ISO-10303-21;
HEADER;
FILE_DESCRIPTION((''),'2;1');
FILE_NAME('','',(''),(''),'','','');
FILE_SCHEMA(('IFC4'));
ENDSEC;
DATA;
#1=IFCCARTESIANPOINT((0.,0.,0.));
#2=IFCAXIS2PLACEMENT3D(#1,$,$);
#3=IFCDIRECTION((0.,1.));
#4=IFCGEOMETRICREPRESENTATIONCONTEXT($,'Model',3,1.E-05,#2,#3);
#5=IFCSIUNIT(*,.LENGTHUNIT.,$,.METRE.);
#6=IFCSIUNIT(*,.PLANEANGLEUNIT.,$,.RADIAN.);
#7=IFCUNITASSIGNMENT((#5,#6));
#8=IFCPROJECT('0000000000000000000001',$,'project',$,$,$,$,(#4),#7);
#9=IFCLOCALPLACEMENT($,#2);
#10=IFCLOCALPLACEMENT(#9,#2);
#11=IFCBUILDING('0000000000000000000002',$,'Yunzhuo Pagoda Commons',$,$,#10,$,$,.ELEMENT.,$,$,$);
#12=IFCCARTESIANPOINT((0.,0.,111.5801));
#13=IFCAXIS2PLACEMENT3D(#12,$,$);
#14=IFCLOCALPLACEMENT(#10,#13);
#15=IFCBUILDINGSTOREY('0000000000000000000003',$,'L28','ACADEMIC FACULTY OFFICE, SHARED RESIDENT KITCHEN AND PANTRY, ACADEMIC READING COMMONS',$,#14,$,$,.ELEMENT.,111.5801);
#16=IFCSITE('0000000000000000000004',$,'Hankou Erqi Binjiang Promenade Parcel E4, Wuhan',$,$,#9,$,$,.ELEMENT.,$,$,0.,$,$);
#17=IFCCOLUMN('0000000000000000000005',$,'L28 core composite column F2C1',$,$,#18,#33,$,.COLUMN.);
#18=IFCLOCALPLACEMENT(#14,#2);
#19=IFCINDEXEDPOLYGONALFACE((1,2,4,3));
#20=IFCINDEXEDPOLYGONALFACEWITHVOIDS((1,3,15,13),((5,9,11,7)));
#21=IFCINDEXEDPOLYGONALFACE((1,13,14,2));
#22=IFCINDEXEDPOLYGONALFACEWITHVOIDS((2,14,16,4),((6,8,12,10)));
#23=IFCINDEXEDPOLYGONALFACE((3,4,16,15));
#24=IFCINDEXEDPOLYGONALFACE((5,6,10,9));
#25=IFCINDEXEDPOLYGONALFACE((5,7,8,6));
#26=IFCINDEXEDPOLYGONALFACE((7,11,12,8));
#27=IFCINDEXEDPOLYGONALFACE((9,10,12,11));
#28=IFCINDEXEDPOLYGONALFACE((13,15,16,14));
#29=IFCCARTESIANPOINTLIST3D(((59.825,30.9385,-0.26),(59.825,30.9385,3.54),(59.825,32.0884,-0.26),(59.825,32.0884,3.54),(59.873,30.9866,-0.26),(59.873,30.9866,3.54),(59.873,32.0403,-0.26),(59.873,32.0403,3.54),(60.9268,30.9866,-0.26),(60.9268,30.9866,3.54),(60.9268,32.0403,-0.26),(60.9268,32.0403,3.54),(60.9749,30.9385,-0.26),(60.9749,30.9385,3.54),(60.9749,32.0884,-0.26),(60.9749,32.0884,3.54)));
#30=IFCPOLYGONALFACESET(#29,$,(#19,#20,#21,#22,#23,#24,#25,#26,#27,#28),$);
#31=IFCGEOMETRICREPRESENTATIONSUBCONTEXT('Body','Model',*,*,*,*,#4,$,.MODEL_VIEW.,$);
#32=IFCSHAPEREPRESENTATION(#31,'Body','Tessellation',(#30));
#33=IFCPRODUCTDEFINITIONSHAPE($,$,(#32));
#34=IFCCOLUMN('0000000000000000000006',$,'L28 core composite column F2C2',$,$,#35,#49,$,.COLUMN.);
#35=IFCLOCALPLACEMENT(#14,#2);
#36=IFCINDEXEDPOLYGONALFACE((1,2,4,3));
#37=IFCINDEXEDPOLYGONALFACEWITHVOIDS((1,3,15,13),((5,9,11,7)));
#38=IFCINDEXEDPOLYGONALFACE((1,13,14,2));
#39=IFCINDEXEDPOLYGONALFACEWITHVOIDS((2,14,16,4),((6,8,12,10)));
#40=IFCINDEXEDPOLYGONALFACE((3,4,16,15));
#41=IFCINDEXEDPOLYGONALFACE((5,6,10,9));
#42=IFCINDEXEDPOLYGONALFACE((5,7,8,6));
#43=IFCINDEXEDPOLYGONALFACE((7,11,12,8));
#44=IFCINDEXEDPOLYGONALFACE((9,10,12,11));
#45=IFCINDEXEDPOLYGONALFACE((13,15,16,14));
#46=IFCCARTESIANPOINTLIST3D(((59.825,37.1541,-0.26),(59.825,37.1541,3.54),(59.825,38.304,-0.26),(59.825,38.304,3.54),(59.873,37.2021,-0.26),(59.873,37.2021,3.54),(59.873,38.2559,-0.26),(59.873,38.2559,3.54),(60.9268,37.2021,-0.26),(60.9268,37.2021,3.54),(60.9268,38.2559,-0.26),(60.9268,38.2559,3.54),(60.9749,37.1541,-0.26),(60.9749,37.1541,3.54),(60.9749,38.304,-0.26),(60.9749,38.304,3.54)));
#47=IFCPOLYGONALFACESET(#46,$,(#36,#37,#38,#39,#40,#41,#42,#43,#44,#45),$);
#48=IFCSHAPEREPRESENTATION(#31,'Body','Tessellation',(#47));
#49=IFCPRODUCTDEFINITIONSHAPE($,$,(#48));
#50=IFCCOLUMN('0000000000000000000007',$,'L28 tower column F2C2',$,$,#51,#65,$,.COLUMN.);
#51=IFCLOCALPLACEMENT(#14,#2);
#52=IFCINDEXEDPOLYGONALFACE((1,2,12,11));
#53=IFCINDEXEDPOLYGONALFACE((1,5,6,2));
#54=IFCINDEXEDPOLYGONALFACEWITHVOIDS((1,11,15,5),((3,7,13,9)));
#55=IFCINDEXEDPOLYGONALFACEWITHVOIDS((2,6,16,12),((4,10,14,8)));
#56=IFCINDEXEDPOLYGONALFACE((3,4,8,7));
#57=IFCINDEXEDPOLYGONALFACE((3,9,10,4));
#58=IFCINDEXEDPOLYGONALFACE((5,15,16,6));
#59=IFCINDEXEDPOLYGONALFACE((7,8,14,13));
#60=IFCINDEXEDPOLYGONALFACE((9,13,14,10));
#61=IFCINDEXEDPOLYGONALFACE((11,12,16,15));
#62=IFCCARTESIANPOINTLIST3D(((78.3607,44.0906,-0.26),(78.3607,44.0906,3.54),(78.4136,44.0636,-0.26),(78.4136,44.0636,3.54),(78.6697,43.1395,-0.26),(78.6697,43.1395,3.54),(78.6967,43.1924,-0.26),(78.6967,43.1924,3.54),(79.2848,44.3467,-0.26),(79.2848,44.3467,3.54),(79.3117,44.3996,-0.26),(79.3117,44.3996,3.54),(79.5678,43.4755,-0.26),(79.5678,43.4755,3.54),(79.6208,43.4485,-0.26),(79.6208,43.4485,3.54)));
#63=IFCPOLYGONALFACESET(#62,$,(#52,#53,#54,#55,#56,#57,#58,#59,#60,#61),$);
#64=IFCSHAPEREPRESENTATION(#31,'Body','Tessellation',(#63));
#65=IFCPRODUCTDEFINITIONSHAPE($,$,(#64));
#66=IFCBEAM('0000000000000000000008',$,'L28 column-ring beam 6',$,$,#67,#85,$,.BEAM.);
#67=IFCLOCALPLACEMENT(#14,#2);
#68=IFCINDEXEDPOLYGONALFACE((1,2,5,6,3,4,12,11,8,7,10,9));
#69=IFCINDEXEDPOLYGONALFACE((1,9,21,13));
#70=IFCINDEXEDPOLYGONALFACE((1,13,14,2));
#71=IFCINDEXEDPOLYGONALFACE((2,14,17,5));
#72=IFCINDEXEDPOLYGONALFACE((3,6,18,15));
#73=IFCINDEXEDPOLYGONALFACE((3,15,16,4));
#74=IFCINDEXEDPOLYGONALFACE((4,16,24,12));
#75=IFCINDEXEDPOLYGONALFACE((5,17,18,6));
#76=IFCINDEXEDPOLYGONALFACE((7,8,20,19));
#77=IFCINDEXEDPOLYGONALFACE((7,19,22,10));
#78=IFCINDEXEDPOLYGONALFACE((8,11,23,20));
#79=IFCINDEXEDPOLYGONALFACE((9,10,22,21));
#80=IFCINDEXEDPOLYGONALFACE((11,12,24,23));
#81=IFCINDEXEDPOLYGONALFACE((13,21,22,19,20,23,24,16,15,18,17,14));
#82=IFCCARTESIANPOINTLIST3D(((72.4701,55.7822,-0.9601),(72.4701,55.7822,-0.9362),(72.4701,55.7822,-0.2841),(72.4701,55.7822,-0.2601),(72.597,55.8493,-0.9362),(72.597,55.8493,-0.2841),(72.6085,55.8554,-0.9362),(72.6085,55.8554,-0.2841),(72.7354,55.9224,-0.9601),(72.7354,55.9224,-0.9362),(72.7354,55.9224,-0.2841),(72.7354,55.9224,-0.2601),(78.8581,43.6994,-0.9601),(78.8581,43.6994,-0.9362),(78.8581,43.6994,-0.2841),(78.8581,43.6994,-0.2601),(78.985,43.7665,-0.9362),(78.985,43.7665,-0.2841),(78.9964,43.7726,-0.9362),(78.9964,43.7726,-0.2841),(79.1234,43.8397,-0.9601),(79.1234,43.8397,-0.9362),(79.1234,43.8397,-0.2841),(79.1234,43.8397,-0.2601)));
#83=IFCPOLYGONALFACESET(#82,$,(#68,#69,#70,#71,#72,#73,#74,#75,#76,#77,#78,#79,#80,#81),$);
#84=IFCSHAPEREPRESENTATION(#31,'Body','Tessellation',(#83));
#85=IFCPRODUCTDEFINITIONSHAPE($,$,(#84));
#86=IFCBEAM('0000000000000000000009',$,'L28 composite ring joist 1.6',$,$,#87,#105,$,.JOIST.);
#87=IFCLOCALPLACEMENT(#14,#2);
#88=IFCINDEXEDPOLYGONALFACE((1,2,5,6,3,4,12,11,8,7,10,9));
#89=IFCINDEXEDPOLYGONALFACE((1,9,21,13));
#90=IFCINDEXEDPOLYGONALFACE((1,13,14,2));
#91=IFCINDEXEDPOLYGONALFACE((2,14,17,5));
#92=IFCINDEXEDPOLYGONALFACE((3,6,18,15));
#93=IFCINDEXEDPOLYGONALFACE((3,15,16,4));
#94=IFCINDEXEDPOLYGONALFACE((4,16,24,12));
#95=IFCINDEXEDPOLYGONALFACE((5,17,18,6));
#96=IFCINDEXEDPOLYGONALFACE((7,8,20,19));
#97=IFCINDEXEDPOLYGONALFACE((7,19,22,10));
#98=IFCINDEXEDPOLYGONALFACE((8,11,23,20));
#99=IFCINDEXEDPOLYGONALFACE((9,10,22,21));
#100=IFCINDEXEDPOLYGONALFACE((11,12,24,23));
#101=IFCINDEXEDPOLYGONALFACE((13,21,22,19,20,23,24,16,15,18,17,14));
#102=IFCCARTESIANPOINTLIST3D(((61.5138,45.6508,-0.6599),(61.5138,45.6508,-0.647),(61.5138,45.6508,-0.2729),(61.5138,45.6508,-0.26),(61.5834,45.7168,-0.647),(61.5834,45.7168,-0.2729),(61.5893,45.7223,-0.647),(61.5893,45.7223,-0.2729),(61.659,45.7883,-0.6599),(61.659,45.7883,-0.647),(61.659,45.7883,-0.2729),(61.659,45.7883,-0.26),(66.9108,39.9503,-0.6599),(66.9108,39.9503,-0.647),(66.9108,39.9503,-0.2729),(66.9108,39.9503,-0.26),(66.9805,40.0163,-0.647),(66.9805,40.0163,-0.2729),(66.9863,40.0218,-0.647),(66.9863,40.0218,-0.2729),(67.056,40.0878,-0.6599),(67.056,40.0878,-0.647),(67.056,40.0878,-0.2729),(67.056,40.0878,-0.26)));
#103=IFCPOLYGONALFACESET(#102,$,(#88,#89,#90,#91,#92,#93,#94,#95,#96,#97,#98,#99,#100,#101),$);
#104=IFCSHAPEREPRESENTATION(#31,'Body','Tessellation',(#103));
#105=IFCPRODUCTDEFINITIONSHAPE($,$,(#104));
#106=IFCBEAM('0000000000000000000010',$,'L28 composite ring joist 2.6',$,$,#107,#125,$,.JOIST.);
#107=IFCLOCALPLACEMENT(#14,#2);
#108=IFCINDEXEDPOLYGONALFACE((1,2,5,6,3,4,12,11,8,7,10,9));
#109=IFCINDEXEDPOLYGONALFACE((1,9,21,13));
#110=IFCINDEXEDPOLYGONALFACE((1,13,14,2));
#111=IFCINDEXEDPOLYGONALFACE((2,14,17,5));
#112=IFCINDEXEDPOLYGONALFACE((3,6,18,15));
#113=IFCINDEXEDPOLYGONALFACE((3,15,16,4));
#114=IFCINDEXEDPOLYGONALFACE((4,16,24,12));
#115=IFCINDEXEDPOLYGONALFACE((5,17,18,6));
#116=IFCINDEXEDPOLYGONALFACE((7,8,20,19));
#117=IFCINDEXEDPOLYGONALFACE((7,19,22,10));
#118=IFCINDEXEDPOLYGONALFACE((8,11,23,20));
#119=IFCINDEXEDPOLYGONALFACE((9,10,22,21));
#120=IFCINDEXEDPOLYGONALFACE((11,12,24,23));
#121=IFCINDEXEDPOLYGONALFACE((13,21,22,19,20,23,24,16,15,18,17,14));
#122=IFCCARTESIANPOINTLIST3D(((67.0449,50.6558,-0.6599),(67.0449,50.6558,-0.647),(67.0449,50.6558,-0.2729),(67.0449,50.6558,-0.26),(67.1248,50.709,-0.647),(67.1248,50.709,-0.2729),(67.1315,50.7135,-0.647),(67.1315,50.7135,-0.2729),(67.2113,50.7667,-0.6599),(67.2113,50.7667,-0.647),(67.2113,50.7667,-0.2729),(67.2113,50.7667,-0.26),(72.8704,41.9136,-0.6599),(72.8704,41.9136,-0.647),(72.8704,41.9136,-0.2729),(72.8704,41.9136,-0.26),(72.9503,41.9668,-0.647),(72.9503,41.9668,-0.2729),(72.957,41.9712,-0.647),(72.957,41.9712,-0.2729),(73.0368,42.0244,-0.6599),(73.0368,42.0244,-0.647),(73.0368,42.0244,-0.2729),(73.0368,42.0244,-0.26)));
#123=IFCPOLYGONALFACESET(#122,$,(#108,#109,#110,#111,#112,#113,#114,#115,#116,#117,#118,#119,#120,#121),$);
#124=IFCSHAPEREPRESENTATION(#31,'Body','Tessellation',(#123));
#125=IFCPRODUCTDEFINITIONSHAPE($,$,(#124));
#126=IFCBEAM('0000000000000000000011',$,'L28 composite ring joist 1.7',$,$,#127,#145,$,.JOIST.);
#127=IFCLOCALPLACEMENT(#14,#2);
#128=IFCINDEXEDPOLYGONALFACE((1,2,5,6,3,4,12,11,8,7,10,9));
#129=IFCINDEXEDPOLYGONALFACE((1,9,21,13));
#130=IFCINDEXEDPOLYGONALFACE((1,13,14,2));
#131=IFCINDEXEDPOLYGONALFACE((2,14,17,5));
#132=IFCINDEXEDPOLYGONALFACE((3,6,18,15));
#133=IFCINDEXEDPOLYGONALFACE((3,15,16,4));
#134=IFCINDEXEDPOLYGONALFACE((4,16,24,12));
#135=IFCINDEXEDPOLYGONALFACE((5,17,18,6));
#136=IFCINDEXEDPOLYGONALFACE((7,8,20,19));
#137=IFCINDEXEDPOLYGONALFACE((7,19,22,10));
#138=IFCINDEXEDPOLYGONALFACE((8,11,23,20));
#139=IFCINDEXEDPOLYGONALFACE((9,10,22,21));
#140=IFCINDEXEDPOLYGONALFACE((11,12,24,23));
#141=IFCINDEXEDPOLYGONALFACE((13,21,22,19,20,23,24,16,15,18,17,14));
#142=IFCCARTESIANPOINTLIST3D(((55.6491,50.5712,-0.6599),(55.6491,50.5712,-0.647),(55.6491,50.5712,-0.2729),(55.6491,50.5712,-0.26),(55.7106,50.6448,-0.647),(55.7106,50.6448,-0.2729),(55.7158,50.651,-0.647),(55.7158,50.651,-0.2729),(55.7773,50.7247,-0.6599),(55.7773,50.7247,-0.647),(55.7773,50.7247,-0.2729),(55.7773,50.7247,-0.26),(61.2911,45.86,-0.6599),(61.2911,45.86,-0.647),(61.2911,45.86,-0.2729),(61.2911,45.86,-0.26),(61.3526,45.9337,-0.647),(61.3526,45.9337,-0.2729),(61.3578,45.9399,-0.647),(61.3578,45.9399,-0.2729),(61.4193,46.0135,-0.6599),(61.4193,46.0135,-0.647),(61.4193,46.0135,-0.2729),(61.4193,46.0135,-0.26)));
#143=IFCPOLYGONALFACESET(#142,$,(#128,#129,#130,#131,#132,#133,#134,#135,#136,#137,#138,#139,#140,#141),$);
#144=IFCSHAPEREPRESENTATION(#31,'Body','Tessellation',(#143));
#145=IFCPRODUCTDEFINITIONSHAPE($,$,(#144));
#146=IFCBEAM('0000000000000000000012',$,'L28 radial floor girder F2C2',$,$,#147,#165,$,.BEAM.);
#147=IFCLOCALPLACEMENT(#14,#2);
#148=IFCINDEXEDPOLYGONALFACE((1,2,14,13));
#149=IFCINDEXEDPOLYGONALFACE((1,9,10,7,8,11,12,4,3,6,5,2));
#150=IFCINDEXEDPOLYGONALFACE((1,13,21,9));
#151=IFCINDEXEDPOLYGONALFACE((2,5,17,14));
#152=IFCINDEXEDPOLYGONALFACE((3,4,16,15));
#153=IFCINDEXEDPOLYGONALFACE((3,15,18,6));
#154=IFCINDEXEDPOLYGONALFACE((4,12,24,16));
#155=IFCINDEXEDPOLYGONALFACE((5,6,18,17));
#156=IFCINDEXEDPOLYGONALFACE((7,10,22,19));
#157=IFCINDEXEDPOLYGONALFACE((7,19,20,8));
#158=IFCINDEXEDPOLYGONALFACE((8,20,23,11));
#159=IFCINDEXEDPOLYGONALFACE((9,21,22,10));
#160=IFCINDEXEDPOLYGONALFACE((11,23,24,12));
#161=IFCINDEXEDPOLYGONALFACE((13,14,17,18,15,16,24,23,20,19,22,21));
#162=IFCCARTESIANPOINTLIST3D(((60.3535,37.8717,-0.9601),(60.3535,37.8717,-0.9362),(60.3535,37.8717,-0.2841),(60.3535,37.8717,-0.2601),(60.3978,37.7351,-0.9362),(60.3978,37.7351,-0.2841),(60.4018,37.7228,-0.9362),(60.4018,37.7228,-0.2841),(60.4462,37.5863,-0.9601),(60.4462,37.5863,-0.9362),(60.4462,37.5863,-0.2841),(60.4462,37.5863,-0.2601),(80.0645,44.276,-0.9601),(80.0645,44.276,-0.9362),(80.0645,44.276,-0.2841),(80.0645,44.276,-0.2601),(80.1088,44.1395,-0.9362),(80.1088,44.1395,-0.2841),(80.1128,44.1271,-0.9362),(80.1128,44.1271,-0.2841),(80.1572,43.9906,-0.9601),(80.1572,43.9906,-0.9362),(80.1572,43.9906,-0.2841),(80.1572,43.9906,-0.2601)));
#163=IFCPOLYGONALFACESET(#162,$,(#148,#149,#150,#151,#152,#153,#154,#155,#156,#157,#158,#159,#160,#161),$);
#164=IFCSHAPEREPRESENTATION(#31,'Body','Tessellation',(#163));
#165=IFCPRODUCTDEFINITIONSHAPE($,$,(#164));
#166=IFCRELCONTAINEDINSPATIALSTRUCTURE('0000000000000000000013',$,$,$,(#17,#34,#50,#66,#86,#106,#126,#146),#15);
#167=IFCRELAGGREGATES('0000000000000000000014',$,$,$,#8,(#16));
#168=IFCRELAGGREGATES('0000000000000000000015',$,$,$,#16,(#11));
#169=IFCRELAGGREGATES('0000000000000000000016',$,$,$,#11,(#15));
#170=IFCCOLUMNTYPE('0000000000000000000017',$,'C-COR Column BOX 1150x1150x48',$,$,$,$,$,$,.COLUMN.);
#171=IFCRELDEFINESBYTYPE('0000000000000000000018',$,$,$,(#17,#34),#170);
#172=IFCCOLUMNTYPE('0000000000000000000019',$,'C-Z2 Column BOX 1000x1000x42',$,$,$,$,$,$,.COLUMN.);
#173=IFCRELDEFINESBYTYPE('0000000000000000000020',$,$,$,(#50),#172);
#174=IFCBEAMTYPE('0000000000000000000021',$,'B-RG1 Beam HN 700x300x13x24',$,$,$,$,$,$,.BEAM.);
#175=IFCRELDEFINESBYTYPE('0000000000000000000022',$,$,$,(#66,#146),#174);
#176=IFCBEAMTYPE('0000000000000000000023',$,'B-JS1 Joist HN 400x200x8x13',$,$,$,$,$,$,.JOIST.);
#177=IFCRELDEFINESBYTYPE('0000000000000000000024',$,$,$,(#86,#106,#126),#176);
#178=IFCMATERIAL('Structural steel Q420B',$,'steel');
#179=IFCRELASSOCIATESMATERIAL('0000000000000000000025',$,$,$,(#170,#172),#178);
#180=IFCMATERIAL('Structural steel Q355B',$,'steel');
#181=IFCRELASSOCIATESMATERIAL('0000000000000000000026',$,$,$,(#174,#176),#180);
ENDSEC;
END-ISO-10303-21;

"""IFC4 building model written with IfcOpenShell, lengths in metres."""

from ifc_helpers import new_model, si_unit, direction, frame, origin, origin_2d, place, context, subcontext, project, spatial, hollow_rectangle, i_section, extrude, source, transform, mapped, material, material_profile, profile_set, type_object, element, save


model = new_model("IFC4")

# Units and contexts
model_context = context("Model", 3, precision=1e-05, world=origin(), true_north=direction((0.0, 1.0)))
body_context = subcontext(model_context, "Body", "Model", "MODEL_VIEW")
ifc_project = project(units=[si_unit("LENGTHUNIT", "METRE"), si_unit("PLANEANGLEUNIT", "RADIAN")], contexts=[model_context])

# Site, building, storey
site_placement = place(None, origin())
site = spatial("IfcSite", under=ifc_project, at=site_placement, Name="Hankou Erqi Binjiang Promenade Parcel E4, Wuhan", CompositionType="ELEMENT", RefElevation=0.0)
building_placement = place(site_placement, origin())
building = spatial("IfcBuilding", under=site, at=building_placement, Name="Yunzhuo Pagoda Commons", CompositionType="ELEMENT")
storey_placement = place(building_placement, frame((0.0, 0.0, 111.5801)))
storey = spatial("IfcBuildingStorey", under=building, at=storey_placement, Name="L28", Description="ACADEMIC FACULTY OFFICE, SHARED RESIDENT KITCHEN AND PANTRY, ACADEMIC READING COMMONS", CompositionType="ELEMENT", Elevation=111.5801)

# Columns
ifc_material_1 = material(Name="Structural steel Q420B", Category="steel")
ifc_material_profile_1 = material_profile(ifc_material_1, hollow_rectangle(XDim=1.1499, YDim=1.1499, WallThickness=0.0481, at=origin_2d()), Name="Structural steel Q420B")
ifc_profile_set_1 = profile_set([ifc_material_profile_1], Name="Structural steel Q420B")
column_type_1 = type_object("IfcColumnType", Name="C-COR Column BOX 1150x1150x48", PredefinedType="COLUMN", material=ifc_profile_set_1)
shared_shape_1 = source(origin(), body_context, "Body", "SweptSolid", [
    extrude(hollow_rectangle(XDim=1.1499, YDim=1.1499, WallThickness=0.0481, at=origin_2d()), origin(), (0.0, 0.0, 1.0), 3.8),
])
for number, where, z_axis, x_axis, name in (
    (1, (60.3999, 31.5134, -0.26), (0.0, 0.0, 1.0), (1.0, 0.0, 0.0), "L28 core composite column F2C1"),
    (2, (60.3999, 37.729, -0.26), (0.0, 0.0, 1.0), (1.0, 0.0, 0.0), "L28 core composite column F2C2"),
):
    element("IfcColumn", number, at=place(storey_placement, frame(where, z_axis=z_axis, x_axis=x_axis)), inside=storey, type_object=column_type_1, Name=name, PredefinedType="COLUMN", context=body_context, shape_type="MappedRepresentation", body=[
        mapped(shared_shape_1, transform((0.0, 0.0, 0.0), scale=1.0)),
    ])
ifc_material_profile_2 = material_profile(ifc_material_1, hollow_rectangle(XDim=1.0, YDim=1.0, WallThickness=0.042, at=origin_2d()), Name="Structural steel Q420B")
ifc_profile_set_2 = profile_set([ifc_material_profile_2], Name="Structural steel Q420B")
column_type_2 = type_object("IfcColumnType", Name="C-Z2 Column BOX 1000x1000x42", PredefinedType="COLUMN", material=ifc_profile_set_2)
shared_shape_2 = source(origin(), body_context, "Body", "SweptSolid", [
    extrude(hollow_rectangle(XDim=1.0, YDim=1.0, WallThickness=0.042, at=origin_2d()), origin(), (0.0, 0.0, 1.0), 3.8),
])
column_placement = place(storey_placement, frame((78.9907, 43.7695, -0.26), z_axis=(0.0, 0.0, 1.0), x_axis=(-0.309017, 0.951057, 0.0)))
element("IfcColumn", 3, at=column_placement, inside=storey, type_object=column_type_2, Name="L28 tower column F2C2", PredefinedType="COLUMN", context=body_context, shape_type="MappedRepresentation", body=[
    mapped(shared_shape_2, transform((0.0, 0.0, 0.0), scale=1.0)),
])

# Beams
ifc_material_2 = material(Name="Structural steel Q355B", Category="steel")
ifc_material_profile_3 = material_profile(ifc_material_2, i_section(OverallWidth=0.3, OverallDepth=0.7, WebThickness=0.0129, FlangeThickness=0.0239, at=origin_2d()), Name="Structural steel Q355B")
ifc_profile_set_3 = profile_set([ifc_material_profile_3], Name="Structural steel Q355B")
beam_type_1 = type_object("IfcBeamType", Name="B-RG1 Beam HN 700x300x13x24", PredefinedType="BEAM", material=ifc_profile_set_3)
shared_shape_3 = source(origin(), body_context, "Body", "SweptSolid", [
    extrude(i_section(OverallWidth=0.3, OverallDepth=0.7, WebThickness=0.0129, FlangeThickness=0.0239, at=origin_2d()), origin(), (0.0, 0.0, 1.0), 13.6675),
])
beam_1_placement = place(storey_placement, frame((78.9907, 43.7695, -0.6101), z_axis=(-0.467384, 0.884055, 0.0), x_axis=(-0.884055, -0.467384, 0.0)))
element("IfcBeam", 4, at=beam_1_placement, inside=storey, type_object=beam_type_1, Name="L28 column-ring beam 6", PredefinedType="BEAM", context=body_context, shape_type="MappedRepresentation", body=[
    mapped(shared_shape_3, transform((0.0, 0.0, 0.0), scale=1.0)),
])
ifc_material_profile_4 = material_profile(ifc_material_2, i_section(OverallWidth=0.2, OverallDepth=0.3999, WebThickness=0.0081, FlangeThickness=0.0129, at=origin_2d()), Name="Structural steel Q355B")
ifc_profile_set_4 = profile_set([ifc_material_profile_4], Name="Structural steel Q355B")
beam_type_2 = type_object("IfcBeamType", Name="B-JS1 Joist HN 400x200x8x13", PredefinedType="JOIST", material=ifc_profile_set_4)
shared_shape_4 = source(origin(), body_context, "Body", "SweptSolid", [
    extrude(i_section(OverallWidth=0.2, OverallDepth=0.3999, WebThickness=0.0081, FlangeThickness=0.0129, at=origin_2d()), origin(), (0.0, 0.0, 1.0), 7.8501),
])
beam_2_placement = place(storey_placement, frame((66.9834, 40.019, -0.46), z_axis=(-0.687513, 0.726172, 0.0), x_axis=(-0.726172, -0.687513, 0.0)))
element("IfcBeam", 5, at=beam_2_placement, inside=storey, type_object=beam_type_2, Name="L28 composite ring joist 1.6", PredefinedType="JOIST", context=body_context, shape_type="MappedRepresentation", body=[
    mapped(shared_shape_4, transform((0.0, 0.0, 0.0), scale=1.0)),
])
shared_shape_5 = source(origin(), body_context, "Body", "SweptSolid", [
    extrude(i_section(OverallWidth=0.2, OverallDepth=0.3999, WebThickness=0.0081, FlangeThickness=0.0129, at=origin_2d()), origin(), (0.0, 0.0, 1.0), 10.5054),
])
beam_3_placement = place(storey_placement, frame((72.9536, 41.969, -0.46), z_axis=(-0.554523, 0.832168, 0.0), x_axis=(-0.832168, -0.554523, 0.0)))
element("IfcBeam", 6, at=beam_3_placement, inside=storey, type_object=beam_type_2, Name="L28 composite ring joist 2.6", PredefinedType="JOIST", context=body_context, shape_type="MappedRepresentation", body=[
    mapped(shared_shape_5, transform((0.0, 0.0, 0.0), scale=1.0)),
])
shared_shape_6 = source(origin(), body_context, "Body", "SweptSolid", [
    extrude(i_section(OverallWidth=0.2, OverallDepth=0.3999, WebThickness=0.0081, FlangeThickness=0.0129, at=origin_2d()), origin(), (0.0, 0.0, 1.0), 7.3503),
])
beam_4_placement = place(storey_placement, frame((61.3552, 45.9368, -0.46), z_axis=(-0.767589, 0.640942, 0.0), x_axis=(-0.640942, -0.767589, 0.0)))
element("IfcBeam", 7, at=beam_4_placement, inside=storey, type_object=beam_type_2, Name="L28 composite ring joist 1.7", PredefinedType="JOIST", context=body_context, shape_type="MappedRepresentation", body=[
    mapped(shared_shape_6, transform((0.0, 0.0, 0.0), scale=1.0)),
])
shared_shape_7 = source(origin(), body_context, "Body", "SweptSolid", [
    extrude(i_section(OverallWidth=0.3, OverallDepth=0.7, WebThickness=0.0129, FlangeThickness=0.0239, at=origin_2d()), origin(), (0.0, 0.0, 1.0), 20.7253),
])
beam_5_placement = place(storey_placement, frame((80.1108, 44.1333, -0.6101), z_axis=(-0.951059, -0.309009, 0.0), x_axis=(0.309009, -0.951059, 0.0)))
element("IfcBeam", 8, at=beam_5_placement, inside=storey, type_object=beam_type_1, Name="L28 radial floor girder F2C2", PredefinedType="BEAM", context=body_context, shape_type="MappedRepresentation", body=[
    mapped(shared_shape_7, transform((0.0, 0.0, 0.0), scale=1.0)),
])

save(model, "model.ifc")
